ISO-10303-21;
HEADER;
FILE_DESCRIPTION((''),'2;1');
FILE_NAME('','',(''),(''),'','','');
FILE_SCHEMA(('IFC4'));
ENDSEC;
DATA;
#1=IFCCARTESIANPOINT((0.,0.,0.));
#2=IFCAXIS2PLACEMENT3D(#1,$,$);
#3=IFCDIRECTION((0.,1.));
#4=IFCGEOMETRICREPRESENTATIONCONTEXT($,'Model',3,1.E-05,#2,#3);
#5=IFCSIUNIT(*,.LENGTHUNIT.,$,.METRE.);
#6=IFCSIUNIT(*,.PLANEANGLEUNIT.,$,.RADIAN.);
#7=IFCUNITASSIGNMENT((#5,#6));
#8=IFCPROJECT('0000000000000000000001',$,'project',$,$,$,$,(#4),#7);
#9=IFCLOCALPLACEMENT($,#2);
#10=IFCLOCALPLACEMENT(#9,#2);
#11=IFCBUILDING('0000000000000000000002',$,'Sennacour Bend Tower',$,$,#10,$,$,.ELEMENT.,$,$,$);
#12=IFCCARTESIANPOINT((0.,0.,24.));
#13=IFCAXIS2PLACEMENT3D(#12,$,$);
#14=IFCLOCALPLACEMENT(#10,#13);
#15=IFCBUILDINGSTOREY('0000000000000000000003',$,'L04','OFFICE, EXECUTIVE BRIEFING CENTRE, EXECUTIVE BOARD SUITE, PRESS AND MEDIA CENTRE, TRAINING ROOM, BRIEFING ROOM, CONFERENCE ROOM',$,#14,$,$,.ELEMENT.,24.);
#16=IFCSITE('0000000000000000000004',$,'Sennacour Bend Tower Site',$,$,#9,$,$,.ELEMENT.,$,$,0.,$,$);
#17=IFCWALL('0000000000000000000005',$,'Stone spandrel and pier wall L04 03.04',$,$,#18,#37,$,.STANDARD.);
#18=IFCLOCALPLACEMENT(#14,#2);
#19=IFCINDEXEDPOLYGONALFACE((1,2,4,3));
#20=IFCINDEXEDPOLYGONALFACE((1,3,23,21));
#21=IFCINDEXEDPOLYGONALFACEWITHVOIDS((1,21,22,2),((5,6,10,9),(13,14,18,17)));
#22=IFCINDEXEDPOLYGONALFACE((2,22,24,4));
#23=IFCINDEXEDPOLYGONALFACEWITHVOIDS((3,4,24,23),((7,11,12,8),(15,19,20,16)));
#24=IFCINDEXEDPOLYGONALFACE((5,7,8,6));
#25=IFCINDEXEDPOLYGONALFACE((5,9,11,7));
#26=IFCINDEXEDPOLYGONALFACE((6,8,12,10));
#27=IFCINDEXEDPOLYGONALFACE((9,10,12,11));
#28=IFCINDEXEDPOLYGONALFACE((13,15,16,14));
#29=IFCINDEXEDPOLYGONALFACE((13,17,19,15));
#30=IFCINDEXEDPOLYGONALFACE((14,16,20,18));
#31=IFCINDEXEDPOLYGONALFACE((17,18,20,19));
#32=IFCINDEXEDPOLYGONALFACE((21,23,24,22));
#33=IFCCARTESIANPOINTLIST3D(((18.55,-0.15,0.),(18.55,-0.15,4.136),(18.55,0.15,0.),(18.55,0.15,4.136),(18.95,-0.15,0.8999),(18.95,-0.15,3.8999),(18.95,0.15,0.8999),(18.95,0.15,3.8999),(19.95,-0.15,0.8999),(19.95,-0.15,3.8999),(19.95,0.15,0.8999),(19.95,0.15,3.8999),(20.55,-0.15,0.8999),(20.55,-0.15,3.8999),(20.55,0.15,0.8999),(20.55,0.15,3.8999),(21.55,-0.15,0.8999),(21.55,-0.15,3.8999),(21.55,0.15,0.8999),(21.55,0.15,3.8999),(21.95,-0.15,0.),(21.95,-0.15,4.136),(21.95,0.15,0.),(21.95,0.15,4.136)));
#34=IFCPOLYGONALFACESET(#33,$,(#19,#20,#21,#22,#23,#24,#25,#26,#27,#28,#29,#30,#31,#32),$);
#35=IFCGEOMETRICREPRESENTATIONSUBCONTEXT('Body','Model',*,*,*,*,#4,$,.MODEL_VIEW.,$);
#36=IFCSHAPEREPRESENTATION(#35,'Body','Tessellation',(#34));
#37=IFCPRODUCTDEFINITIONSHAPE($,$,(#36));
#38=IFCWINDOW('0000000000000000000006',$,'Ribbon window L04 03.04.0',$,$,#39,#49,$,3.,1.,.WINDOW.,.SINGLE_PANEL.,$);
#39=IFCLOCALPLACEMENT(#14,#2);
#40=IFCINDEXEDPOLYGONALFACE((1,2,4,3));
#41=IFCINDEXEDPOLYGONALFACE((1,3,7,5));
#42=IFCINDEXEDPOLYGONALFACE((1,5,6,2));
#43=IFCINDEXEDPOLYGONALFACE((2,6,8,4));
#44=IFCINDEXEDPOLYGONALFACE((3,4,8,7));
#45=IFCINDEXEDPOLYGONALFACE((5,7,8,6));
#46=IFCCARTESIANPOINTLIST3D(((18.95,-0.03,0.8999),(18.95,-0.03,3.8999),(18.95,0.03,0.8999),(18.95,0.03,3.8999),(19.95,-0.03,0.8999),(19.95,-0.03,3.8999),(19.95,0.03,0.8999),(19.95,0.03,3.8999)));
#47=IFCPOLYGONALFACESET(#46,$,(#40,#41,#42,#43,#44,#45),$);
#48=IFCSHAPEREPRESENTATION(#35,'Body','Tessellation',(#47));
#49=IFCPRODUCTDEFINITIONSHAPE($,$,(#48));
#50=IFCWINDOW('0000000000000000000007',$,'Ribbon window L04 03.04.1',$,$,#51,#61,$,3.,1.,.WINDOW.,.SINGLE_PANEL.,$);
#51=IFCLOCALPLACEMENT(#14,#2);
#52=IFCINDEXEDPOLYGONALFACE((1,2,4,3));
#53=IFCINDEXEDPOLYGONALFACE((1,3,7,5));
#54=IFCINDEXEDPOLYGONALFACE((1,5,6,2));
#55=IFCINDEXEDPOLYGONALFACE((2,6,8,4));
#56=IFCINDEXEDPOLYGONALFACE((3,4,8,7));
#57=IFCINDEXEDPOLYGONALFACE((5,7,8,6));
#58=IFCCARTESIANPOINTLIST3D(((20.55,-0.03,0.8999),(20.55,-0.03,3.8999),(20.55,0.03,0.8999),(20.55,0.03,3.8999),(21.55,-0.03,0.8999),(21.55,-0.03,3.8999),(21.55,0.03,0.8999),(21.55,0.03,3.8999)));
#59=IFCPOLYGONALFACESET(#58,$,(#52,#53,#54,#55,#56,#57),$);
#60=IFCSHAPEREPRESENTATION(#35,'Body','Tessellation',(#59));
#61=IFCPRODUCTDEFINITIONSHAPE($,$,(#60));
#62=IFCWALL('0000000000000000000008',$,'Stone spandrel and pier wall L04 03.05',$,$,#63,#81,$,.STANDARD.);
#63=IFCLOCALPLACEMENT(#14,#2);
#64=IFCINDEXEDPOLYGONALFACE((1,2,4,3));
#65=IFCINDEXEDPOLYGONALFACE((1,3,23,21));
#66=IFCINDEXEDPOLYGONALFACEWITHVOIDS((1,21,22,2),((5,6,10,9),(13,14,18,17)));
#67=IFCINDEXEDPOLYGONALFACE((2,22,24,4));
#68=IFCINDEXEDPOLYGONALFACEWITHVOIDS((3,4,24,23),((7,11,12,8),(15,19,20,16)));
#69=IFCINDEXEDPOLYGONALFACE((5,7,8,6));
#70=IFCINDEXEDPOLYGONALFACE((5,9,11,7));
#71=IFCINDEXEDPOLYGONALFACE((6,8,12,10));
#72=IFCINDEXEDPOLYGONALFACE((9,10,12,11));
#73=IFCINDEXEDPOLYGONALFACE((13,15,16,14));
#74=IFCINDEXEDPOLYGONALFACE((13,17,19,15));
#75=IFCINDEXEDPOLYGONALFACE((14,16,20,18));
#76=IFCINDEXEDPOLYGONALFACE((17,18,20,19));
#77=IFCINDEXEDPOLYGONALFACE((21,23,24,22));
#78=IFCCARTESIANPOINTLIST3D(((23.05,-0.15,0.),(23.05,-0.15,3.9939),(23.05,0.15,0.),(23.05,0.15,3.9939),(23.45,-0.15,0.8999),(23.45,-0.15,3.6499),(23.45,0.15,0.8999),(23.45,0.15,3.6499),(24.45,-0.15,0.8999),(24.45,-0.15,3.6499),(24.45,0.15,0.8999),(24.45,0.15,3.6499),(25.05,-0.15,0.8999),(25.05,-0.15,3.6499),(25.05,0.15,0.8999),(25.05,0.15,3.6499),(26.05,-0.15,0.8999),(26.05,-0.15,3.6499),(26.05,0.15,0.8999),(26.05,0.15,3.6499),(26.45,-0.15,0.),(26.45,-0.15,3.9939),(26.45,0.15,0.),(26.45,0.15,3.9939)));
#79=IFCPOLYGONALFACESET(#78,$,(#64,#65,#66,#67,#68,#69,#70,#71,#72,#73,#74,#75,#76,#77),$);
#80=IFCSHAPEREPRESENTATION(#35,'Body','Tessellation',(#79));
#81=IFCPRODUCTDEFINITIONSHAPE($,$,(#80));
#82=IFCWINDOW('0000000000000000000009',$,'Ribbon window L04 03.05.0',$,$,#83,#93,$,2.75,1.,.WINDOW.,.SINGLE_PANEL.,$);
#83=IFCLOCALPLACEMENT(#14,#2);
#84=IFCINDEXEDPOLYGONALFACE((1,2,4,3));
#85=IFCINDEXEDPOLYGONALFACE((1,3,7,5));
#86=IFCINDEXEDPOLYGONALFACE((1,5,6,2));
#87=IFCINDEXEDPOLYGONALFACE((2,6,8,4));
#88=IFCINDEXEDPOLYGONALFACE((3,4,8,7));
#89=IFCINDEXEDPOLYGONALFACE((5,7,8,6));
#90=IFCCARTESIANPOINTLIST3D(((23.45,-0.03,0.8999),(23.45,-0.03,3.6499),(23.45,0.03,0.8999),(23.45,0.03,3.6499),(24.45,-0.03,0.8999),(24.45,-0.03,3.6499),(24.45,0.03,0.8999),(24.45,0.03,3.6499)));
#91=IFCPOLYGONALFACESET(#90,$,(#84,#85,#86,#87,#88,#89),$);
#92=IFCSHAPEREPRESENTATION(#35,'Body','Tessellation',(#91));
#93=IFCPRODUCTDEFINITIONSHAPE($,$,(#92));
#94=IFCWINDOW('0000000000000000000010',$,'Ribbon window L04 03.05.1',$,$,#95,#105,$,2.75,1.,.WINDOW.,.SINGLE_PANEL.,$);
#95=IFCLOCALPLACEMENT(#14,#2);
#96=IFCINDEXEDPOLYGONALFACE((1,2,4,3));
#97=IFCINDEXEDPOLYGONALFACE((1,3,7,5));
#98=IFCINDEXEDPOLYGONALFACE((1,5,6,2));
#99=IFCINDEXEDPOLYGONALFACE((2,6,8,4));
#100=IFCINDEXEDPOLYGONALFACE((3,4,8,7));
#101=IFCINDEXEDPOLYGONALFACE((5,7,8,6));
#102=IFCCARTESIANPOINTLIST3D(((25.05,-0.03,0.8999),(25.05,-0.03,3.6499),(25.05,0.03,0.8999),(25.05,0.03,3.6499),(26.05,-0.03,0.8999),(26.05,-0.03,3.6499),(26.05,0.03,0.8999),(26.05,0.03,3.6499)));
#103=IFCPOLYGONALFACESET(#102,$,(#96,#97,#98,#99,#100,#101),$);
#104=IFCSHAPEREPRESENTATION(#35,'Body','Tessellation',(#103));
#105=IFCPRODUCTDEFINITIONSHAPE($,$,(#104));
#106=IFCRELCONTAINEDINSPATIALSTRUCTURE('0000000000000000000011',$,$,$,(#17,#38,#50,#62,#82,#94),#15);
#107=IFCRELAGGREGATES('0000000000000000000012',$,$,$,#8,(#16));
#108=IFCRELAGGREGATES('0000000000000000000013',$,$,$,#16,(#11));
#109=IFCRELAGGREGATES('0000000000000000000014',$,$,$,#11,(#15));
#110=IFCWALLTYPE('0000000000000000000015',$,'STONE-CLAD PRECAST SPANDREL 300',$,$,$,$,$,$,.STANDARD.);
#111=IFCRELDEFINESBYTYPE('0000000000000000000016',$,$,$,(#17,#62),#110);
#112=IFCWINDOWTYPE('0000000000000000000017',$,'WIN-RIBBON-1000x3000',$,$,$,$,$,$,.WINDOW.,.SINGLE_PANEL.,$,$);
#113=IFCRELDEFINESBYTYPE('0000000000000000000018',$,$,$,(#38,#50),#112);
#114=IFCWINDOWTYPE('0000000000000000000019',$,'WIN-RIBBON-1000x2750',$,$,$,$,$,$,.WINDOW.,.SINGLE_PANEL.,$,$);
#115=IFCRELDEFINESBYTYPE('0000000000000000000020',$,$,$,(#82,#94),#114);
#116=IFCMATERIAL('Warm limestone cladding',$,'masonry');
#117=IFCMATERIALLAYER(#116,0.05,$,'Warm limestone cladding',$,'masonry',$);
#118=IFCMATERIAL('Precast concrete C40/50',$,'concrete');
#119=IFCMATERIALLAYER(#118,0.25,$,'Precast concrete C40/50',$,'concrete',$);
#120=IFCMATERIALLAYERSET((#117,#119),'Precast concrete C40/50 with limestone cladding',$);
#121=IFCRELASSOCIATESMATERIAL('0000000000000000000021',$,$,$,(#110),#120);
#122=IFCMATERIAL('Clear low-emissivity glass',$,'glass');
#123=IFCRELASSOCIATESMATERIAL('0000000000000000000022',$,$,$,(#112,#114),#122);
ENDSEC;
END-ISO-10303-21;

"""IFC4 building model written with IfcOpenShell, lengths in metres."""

from ifc_helpers import new_model, si_unit, direction, frame, frame_2d, origin, place, context, subcontext, project, spatial, rectangle, extrude, material, layer, layer_set, type_object, element, fill, save


model = new_model("IFC4")

# Units and contexts
model_context = context("Model", 3, precision=1e-05, world=origin(), true_north=direction((0.0, 1.0)))
body_context = subcontext(model_context, "Body", "Model", "MODEL_VIEW")
ifc_project = project(units=[si_unit("LENGTHUNIT", "METRE"), si_unit("PLANEANGLEUNIT", "RADIAN")], contexts=[model_context])

# Site, building, storey
site_placement = place(None, origin())
site = spatial("IfcSite", under=ifc_project, at=site_placement, Name="Sennacour Bend Tower Site", CompositionType="ELEMENT", RefElevation=0.0)
building_placement = place(site_placement, origin())
building = spatial("IfcBuilding", under=site, at=building_placement, Name="Sennacour Bend Tower", CompositionType="ELEMENT")
storey_placement = place(building_placement, frame((0.0, 0.0, 24.0)))
storey = spatial("IfcBuildingStorey", under=building, at=storey_placement, Name="L04", Description="OFFICE, EXECUTIVE BRIEFING CENTRE, EXECUTIVE BOARD SUITE, PRESS AND MEDIA CENTRE, TRAINING ROOM, BRIEFING ROOM, CONFERENCE ROOM", CompositionType="ELEMENT", Elevation=24.0)

# Walls, openings, windows
ifc_material_1 = material(Name="Warm limestone cladding", Category="masonry")
ifc_layer_1 = layer(ifc_material_1, 0.05, Name="Warm limestone cladding", Category="masonry")
ifc_material_2 = material(Name="Precast concrete C40/50", Category="concrete")
ifc_layer_2 = layer(ifc_material_2, 0.25, Name="Precast concrete C40/50", Category="concrete")
ifc_layer_set_1 = layer_set([ifc_layer_1, ifc_layer_2], Name="Precast concrete C40/50 with limestone cladding")
wall_type_1 = type_object("IfcWallType", Name="STONE-CLAD PRECAST SPANDREL 300", PredefinedType="STANDARD", material=ifc_layer_set_1)
ifc_material_3 = material(Name="Clear low-emissivity glass", Category="glass")
window_type_1 = type_object("IfcWindowType", Name="WIN-RIBBON-1000x3000", PartitioningType="SINGLE_PANEL", PredefinedType="WINDOW", material=ifc_material_3)
wall_1_placement = place(storey_placement, frame((18.55, 0.0, 0.0), z_axis=(0.0, 0.0, 1.0), x_axis=(1.0, 0.0, 0.0)))
wall_1 = element("IfcWall", 1, at=wall_1_placement, inside=storey, type_object=wall_type_1, Name="Stone spandrel and pier wall L04 03.04", PredefinedType="STANDARD", context=body_context, shape_type="SweptSolid", body=[
    extrude(rectangle(XDim=3.3999, YDim=0.3, at=frame_2d((1.7, 0.0))), origin(), (0.0, 0.0, 1.0), 4.136),
])
opening_1_placement = place(wall_1_placement, frame((0.3999, 0.0, 0.8999)))
opening_1 = element("IfcOpeningElement", 2, at=opening_1_placement, cuts=wall_1, PredefinedType="OPENING", context=body_context, shape_type="SweptSolid", body=[
    extrude(rectangle(XDim=1.0, YDim=3.0, at=frame_2d((0.5, 1.5))), frame((0.0, 0.1602, 0.0), z_axis=(0.0, -1.0, 0.0), x_axis=(1.0, 0.0, 0.0)), (0.0, 0.0, 1.0), 0.3201),
])
opening_2_placement = place(wall_1_placement, frame((2.0, 0.0, 0.8999)))
opening_2 = element("IfcOpeningElement", 3, at=opening_2_placement, cuts=wall_1, PredefinedType="OPENING", context=body_context, shape_type="SweptSolid", body=[
    extrude(rectangle(XDim=1.0, YDim=3.0, at=frame_2d((0.5, 1.5))), frame((0.0, 0.1602, 0.0), z_axis=(0.0, -1.0, 0.0), x_axis=(1.0, 0.0, 0.0)), (0.0, 0.0, 1.0), 0.3201),
])
window_1_placement = place(opening_1_placement, origin())
window_1 = element("IfcWindow", 4, at=window_1_placement, inside=storey, type_object=window_type_1, Name="Ribbon window L04 03.04.0", OverallHeight=3.0, OverallWidth=1.0, PartitioningType="SINGLE_PANEL", PredefinedType="WINDOW", context=body_context, shape_type="SweptSolid", body=[
    extrude(rectangle(XDim=1.0, YDim=3.0, at=frame_2d((0.5, 1.5))), frame((0.0, 0.03, 0.0), z_axis=(0.0, -1.0, 0.0), x_axis=(1.0, 0.0, 0.0)), (0.0, 0.0, 1.0), 0.0601),
])
fill(opening_1, window_1)
window_2_placement = place(opening_2_placement, origin())
window_2 = element("IfcWindow", 5, at=window_2_placement, inside=storey, type_object=window_type_1, Name="Ribbon window L04 03.04.1", OverallHeight=3.0, OverallWidth=1.0, PartitioningType="SINGLE_PANEL", PredefinedType="WINDOW", context=body_context, shape_type="SweptSolid", body=[
    extrude(rectangle(XDim=1.0, YDim=3.0, at=frame_2d((0.5, 1.5))), frame((0.0, 0.03, 0.0), z_axis=(0.0, -1.0, 0.0), x_axis=(1.0, 0.0, 0.0)), (0.0, 0.0, 1.0), 0.0601),
])
fill(opening_2, window_2)
wall_2_placement = place(storey_placement, frame((23.05, 0.0, 0.0), z_axis=(0.0, 0.0, 1.0), x_axis=(1.0, 0.0, 0.0)))
wall_2 = element("IfcWall", 6, at=wall_2_placement, inside=storey, type_object=wall_type_1, Name="Stone spandrel and pier wall L04 03.05", PredefinedType="STANDARD", context=body_context, shape_type="SweptSolid", body=[
    extrude(rectangle(XDim=3.3999, YDim=0.3, at=frame_2d((1.7, 0.0))), origin(), (0.0, 0.0, 1.0), 3.9939),
])
opening_3_placement = place(wall_2_placement, frame((0.3999, 0.0, 0.8999)))
opening_3 = element("IfcOpeningElement", 7, at=opening_3_placement, cuts=wall_2, PredefinedType="OPENING", context=body_context, shape_type="SweptSolid", body=[
    extrude(rectangle(XDim=1.0, YDim=2.75, at=frame_2d((0.5, 1.375))), frame((0.0, 0.1602, 0.0), z_axis=(0.0, -1.0, 0.0), x_axis=(1.0, 0.0, 0.0)), (0.0, 0.0, 1.0), 0.3201),
])
opening_4_placement = place(wall_2_placement, frame((2.0, 0.0, 0.8999)))
opening_4 = element("IfcOpeningElement", 8, at=opening_4_placement, cuts=wall_2, PredefinedType="OPENING", context=body_context, shape_type="SweptSolid", body=[
    extrude(rectangle(XDim=1.0, YDim=2.75, at=frame_2d((0.5, 1.375))), frame((0.0, 0.1602, 0.0), z_axis=(0.0, -1.0, 0.0), x_axis=(1.0, 0.0, 0.0)), (0.0, 0.0, 1.0), 0.3201),
])
window_type_2 = type_object("IfcWindowType", Name="WIN-RIBBON-1000x2750", PartitioningType="SINGLE_PANEL", PredefinedType="WINDOW", material=ifc_material_3)
window_3_placement = place(opening_3_placement, origin())
window_3 = element("IfcWindow", 9, at=window_3_placement, inside=storey, type_object=window_type_2, Name="Ribbon window L04 03.05.0", OverallHeight=2.75, OverallWidth=1.0, PartitioningType="SINGLE_PANEL", PredefinedType="WINDOW", context=body_context, shape_type="SweptSolid", body=[
    extrude(rectangle(XDim=1.0, YDim=2.75, at=frame_2d((0.5, 1.375))), frame((0.0, 0.03, 0.0), z_axis=(0.0, -1.0, 0.0), x_axis=(1.0, 0.0, 0.0)), (0.0, 0.0, 1.0), 0.0601),
])
fill(opening_3, window_3)
window_4_placement = place(opening_4_placement, origin())
window_4 = element("IfcWindow", 10, at=window_4_placement, inside=storey, type_object=window_type_2, Name="Ribbon window L04 03.05.1", OverallHeight=2.75, OverallWidth=1.0, PartitioningType="SINGLE_PANEL", PredefinedType="WINDOW", context=body_context, shape_type="SweptSolid", body=[
    extrude(rectangle(XDim=1.0, YDim=2.75, at=frame_2d((0.5, 1.375))), frame((0.0, 0.03, 0.0), z_axis=(0.0, -1.0, 0.0), x_axis=(1.0, 0.0, 0.0)), (0.0, 0.0, 1.0), 0.0601),
])
fill(opening_4, window_4)

save(model, "model.ifc")
